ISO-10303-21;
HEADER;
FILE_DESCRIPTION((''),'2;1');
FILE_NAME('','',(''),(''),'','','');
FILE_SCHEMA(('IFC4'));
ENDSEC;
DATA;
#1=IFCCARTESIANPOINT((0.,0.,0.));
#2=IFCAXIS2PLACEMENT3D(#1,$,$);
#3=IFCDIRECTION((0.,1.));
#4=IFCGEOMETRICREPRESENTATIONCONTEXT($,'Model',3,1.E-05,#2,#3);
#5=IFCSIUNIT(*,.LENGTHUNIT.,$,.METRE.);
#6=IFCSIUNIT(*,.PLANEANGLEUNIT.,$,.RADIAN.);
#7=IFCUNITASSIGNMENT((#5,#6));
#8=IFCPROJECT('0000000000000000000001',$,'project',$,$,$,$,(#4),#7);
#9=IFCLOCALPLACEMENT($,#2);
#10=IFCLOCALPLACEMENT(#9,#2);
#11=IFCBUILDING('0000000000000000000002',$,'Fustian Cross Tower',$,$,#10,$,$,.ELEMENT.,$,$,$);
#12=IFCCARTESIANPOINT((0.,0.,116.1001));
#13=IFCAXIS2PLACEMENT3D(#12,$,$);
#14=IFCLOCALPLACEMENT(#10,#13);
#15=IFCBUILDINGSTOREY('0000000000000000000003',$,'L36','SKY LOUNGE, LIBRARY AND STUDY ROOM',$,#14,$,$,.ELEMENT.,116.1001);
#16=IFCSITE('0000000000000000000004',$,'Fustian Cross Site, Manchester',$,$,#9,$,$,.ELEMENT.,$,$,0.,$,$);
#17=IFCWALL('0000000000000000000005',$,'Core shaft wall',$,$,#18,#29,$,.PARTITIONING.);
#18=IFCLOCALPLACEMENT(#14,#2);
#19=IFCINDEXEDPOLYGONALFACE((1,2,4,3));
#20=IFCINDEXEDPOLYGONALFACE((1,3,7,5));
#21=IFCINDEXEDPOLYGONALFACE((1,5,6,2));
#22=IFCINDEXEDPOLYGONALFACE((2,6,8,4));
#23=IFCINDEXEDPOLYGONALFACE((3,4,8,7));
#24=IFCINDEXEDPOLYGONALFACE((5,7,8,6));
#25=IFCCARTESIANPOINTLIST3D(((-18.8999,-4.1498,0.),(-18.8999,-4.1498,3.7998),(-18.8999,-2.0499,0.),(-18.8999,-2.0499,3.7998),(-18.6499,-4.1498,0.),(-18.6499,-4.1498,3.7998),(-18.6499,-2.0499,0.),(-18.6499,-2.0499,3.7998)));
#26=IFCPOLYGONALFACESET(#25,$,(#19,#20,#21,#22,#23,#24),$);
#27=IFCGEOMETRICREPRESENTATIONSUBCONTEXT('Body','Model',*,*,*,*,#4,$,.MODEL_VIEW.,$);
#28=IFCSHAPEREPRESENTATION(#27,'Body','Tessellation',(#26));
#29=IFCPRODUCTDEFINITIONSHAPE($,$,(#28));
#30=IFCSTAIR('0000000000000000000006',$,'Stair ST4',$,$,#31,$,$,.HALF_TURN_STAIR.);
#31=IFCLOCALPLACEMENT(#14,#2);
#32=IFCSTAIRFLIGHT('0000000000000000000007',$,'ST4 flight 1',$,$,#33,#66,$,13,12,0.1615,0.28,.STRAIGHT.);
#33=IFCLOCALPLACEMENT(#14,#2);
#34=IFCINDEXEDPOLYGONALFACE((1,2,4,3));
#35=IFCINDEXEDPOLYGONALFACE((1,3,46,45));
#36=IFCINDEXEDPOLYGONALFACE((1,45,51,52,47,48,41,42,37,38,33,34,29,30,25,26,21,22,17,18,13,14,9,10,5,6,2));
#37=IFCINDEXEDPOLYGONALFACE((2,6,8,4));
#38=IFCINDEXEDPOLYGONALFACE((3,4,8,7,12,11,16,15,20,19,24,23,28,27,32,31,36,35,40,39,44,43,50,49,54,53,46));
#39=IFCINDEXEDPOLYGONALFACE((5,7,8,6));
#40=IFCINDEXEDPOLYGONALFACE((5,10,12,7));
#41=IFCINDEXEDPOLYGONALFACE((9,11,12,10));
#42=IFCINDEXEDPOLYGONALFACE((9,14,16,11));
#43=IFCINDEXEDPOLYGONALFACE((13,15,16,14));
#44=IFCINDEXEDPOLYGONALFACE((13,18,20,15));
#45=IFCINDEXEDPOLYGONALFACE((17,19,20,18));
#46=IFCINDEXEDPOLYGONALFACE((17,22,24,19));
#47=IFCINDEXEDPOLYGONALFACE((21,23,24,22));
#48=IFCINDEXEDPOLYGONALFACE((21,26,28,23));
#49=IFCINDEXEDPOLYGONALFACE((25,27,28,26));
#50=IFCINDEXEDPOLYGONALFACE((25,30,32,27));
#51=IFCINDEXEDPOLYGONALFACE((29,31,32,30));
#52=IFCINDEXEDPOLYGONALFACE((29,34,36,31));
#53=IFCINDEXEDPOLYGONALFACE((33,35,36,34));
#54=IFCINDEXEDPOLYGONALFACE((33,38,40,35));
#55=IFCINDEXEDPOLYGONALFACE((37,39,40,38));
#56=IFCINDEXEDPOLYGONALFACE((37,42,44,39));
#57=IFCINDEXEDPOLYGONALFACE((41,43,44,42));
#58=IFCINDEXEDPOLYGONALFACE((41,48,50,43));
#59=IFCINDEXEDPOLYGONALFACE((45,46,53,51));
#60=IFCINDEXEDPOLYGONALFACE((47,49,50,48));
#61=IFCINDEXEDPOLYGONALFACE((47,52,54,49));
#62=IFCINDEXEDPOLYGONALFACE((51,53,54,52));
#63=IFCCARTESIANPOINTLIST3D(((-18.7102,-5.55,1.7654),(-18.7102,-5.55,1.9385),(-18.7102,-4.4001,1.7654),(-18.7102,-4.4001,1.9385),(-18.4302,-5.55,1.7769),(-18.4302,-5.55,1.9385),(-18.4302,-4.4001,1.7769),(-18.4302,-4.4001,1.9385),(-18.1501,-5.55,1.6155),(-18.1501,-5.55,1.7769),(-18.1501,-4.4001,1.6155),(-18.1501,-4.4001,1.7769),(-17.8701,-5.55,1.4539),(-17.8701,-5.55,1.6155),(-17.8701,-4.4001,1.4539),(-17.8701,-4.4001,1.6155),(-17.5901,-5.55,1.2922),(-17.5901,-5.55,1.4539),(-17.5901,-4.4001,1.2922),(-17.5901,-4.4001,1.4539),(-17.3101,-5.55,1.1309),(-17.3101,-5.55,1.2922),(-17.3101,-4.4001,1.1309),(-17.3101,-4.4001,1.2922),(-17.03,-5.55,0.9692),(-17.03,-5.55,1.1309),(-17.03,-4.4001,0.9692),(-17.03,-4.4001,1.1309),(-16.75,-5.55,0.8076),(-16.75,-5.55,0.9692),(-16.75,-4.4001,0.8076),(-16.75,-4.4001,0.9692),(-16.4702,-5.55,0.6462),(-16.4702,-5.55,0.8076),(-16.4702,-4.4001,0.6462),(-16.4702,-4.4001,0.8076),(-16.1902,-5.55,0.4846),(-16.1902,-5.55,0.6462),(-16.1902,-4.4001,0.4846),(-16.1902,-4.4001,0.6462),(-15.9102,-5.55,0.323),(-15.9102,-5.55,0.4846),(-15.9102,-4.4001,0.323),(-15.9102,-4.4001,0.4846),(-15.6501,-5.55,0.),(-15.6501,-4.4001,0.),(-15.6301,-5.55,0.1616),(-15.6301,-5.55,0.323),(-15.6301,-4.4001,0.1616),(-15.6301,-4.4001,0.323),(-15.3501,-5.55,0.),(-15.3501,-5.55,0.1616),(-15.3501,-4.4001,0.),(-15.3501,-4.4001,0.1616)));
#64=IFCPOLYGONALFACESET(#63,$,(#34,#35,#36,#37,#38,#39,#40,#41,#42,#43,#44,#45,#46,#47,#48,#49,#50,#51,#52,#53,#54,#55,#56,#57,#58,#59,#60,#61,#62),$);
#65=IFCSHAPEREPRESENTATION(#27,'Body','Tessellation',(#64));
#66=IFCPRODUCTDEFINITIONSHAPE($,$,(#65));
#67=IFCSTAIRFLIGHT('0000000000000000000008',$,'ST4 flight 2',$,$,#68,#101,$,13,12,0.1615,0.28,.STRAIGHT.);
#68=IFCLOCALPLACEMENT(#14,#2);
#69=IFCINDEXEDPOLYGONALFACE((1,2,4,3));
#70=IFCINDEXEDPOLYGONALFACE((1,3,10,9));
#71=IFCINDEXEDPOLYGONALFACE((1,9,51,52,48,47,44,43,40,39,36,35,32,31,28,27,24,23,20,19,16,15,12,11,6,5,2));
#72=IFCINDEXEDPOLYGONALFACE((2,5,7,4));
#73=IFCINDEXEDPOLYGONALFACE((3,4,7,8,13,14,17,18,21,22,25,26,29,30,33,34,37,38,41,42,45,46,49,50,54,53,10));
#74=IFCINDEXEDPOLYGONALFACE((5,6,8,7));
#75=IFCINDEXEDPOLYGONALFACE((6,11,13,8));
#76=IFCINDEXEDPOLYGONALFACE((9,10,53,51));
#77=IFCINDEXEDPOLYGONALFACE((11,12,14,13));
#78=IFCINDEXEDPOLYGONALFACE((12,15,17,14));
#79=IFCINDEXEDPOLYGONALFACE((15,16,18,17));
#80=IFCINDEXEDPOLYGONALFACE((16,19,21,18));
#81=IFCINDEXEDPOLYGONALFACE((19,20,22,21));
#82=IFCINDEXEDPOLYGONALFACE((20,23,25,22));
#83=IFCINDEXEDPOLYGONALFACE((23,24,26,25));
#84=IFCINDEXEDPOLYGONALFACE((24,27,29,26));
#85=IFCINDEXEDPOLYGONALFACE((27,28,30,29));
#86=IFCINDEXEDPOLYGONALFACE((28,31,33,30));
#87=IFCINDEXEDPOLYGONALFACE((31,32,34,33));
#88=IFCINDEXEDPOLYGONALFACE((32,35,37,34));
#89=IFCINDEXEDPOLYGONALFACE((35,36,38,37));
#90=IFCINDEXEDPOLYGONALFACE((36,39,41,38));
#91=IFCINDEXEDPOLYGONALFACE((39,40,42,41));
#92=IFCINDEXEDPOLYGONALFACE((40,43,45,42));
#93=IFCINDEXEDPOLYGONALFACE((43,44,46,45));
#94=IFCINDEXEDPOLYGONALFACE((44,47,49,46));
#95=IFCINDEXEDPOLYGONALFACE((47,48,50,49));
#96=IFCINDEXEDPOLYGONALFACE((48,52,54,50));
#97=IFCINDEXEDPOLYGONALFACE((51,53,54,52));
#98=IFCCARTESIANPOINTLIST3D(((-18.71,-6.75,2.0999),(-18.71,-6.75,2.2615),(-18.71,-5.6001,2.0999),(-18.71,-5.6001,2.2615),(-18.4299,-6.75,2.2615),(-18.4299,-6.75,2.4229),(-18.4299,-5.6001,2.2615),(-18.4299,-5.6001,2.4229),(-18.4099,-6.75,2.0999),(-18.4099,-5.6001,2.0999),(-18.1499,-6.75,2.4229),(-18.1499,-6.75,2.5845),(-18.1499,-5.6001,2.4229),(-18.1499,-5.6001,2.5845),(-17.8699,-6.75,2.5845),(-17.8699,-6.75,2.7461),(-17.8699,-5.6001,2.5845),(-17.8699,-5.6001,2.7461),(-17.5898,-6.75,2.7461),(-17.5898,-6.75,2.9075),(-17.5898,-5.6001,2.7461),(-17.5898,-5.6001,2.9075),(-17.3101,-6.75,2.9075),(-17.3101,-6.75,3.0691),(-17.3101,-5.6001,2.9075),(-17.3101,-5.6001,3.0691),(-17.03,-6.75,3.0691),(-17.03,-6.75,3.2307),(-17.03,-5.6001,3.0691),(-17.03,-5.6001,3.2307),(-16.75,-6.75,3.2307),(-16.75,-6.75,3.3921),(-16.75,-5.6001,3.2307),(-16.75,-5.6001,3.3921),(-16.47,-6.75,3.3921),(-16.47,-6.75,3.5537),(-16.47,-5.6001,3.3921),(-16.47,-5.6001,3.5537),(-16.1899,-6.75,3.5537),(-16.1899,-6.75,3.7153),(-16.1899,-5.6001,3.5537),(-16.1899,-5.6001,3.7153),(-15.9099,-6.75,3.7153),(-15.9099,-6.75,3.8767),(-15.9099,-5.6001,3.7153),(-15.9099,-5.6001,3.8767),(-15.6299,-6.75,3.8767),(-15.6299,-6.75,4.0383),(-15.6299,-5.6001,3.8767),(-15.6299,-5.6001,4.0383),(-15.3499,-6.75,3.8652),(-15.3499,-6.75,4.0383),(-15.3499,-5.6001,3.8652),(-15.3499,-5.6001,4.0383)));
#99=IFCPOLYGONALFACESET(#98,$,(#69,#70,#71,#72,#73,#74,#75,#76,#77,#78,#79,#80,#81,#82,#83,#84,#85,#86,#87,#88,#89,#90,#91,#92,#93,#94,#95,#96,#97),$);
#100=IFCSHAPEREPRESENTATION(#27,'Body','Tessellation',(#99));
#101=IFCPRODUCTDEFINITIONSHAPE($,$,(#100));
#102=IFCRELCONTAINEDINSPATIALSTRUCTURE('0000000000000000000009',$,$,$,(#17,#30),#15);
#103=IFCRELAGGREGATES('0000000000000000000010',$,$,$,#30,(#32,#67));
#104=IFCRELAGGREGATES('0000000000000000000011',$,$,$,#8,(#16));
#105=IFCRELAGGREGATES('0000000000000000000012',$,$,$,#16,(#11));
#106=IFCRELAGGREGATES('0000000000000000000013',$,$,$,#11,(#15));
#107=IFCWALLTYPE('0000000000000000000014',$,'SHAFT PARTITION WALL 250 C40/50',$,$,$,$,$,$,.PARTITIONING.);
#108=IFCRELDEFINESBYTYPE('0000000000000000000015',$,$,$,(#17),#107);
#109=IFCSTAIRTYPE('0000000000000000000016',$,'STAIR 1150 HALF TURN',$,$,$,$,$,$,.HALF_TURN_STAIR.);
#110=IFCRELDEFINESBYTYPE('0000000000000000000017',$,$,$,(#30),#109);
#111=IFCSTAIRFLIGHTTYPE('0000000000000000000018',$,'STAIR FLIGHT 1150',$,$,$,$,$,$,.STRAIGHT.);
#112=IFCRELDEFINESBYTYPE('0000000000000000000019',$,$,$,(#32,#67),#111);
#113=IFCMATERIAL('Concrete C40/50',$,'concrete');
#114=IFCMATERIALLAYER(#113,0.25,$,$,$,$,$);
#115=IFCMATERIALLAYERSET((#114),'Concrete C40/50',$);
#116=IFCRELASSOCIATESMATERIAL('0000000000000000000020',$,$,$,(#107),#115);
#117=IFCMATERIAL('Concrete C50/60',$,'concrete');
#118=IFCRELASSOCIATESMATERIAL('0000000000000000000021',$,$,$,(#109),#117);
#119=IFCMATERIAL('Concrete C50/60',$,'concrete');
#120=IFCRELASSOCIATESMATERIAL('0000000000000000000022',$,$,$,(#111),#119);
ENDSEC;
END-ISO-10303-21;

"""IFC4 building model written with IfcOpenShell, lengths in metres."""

from ifc_helpers import new_model, si_unit, direction, frame, frame_2d, origin, place, context, subcontext, project, spatial, polyline, rectangle, outline, extrude, material, layer, layer_set, type_object, element, aggregate, save


model = new_model("IFC4")

# Units and contexts
model_context = context("Model", 3, precision=1e-05, world=origin(), true_north=direction((0.0, 1.0)))
body_context = subcontext(model_context, "Body", "Model", "MODEL_VIEW")
ifc_project = project(units=[si_unit("LENGTHUNIT", "METRE"), si_unit("PLANEANGLEUNIT", "RADIAN")], contexts=[model_context])

# Site, building, storey
site_placement = place(None, origin())
site = spatial("IfcSite", under=ifc_project, at=site_placement, Name="Fustian Cross Site, Manchester", CompositionType="ELEMENT", RefElevation=0.0)
building_placement = place(site_placement, origin())
building = spatial("IfcBuilding", under=site, at=building_placement, Name="Fustian Cross Tower", CompositionType="ELEMENT")
storey_placement = place(building_placement, frame((0.0, 0.0, 116.1001)))
storey = spatial("IfcBuildingStorey", under=building, at=storey_placement, Name="L36", Description="SKY LOUNGE, LIBRARY AND STUDY ROOM", CompositionType="ELEMENT", Elevation=116.1001)

# Wall
ifc_material_1 = material(Name="Concrete C40/50", Category="concrete")
ifc_layer_1 = layer(ifc_material_1, 0.25)
ifc_layer_set_1 = layer_set([ifc_layer_1], Name="Concrete C40/50")
wall_type_1 = type_object("IfcWallType", Name="SHAFT PARTITION WALL 250 C40/50", PredefinedType="PARTITIONING", material=ifc_layer_set_1)
wall_1_placement = place(storey_placement, frame((-18.7749, -2.05, 0.0), z_axis=(0.0, 0.0, 1.0), x_axis=(0.0, -1.0, 0.0)))
element("IfcWall", 1, at=wall_1_placement, inside=storey, type_object=wall_type_1, Name="Core shaft wall", PredefinedType="PARTITIONING", context=body_context, shape_type="SweptSolid", body=[
    extrude(rectangle(XDim=2.0999, YDim=0.25, at=frame_2d((1.0498, 0.0))), origin(), (0.0, 0.0, 1.0), 3.7998),
])

# Stair, stair flights
ifc_material_2 = material(Name="Concrete C50/60", Category="concrete")
stair_type = type_object("IfcStairType", Name="STAIR 1150 HALF TURN", PredefinedType="HALF_TURN_STAIR", material=ifc_material_2)
stair_placement = place(storey_placement, origin())
stair = element("IfcStair", 2, at=stair_placement, inside=storey, type_object=stair_type, Name="Stair ST4", PredefinedType="HALF_TURN_STAIR")
ifc_material_3 = material(Name="Concrete C50/60", Category="concrete")
stair_flight_type = type_object("IfcStairFlightType", Name="STAIR FLIGHT 1150", PredefinedType="STRAIGHT", material=ifc_material_3)
stair_flight_1_placement = place(storey_placement, frame((-15.3501, -4.9751, 0.0), z_axis=(0.0, 0.0, 1.0), x_axis=(-1.0, 0.0, 0.0)))
stair_flight_1 = element("IfcStairFlight", 3, at=stair_flight_1_placement, type_object=stair_flight_type, Name="ST4 flight 1", NumberOfRisers=13, NumberOfTreads=12, PredefinedType="STRAIGHT", RiserHeight=0.1615, TreadLength=0.28, context=body_context, shape_type="SweptSolid", body=[
    extrude(outline(polyline([(0.0, 0.0), (0.0, 0.1616), (0.28, 0.1616), (0.28, 0.323), (0.5601, 0.323), (0.5601, 0.4846), (0.8401, 0.4846), (0.8401, 0.6462), (1.1201, 0.6462), (1.1201, 0.8076), (1.3999, 0.8076), (1.3999, 0.9692), (1.6799, 0.9692), (1.6799, 1.1309), (1.96, 1.1309), (1.96, 1.2922), (2.24, 1.2922), (2.24, 1.4539), (2.52, 1.4539), (2.52, 1.6155), (2.8, 1.6155), (2.8, 1.7769), (3.0801, 1.7769), (3.0801, 1.9385), (3.3601, 1.9385), (3.3601, 2.1001), (3.3601, 1.7654), (0.3, 0.0), (0.0, 0.0)])), frame((0.0, 0.575, 0.0), z_axis=(0.0, -1.0, 0.0), x_axis=(1.0, 0.0, 0.0)), (0.0, 0.0, 1.0), 1.1499),
])
stair_flight_2_placement = place(storey_placement, frame((-18.71, -6.175, 2.0999), z_axis=(0.0, 0.0, 1.0), x_axis=(1.0, 0.0, 0.0)))
stair_flight_2 = element("IfcStairFlight", 4, at=stair_flight_2_placement, type_object=stair_flight_type, Name="ST4 flight 2", NumberOfRisers=13, NumberOfTreads=12, PredefinedType="STRAIGHT", RiserHeight=0.1615, TreadLength=0.28, context=body_context, shape_type="SweptSolid", body=[
    extrude(outline(polyline([(0.0, 0.0), (0.0, 0.1616), (0.28, 0.1616), (0.28, 0.323), (0.5601, 0.323), (0.5601, 0.4846), (0.8401, 0.4846), (0.8401, 0.6462), (1.1201, 0.6462), (1.1201, 0.8076), (1.3999, 0.8076), (1.3999, 0.9692), (1.6799, 0.9692), (1.6799, 1.1309), (1.96, 1.1309), (1.96, 1.2922), (2.24, 1.2922), (2.24, 1.4539), (2.52, 1.4539), (2.52, 1.6155), (2.8, 1.6155), (2.8, 1.7769), (3.0801, 1.7769), (3.0801, 1.9385), (3.3601, 1.9385), (3.3601, 2.1001), (3.3601, 1.7654), (0.3, 0.0), (0.0, 0.0)])), frame((0.0, 0.575, 0.0), z_axis=(0.0, -1.0, 0.0), x_axis=(1.0, 0.0, 0.0)), (0.0, 0.0, 1.0), 1.1499),
])
aggregate(stair, [stair_flight_1, stair_flight_2])

save(model, "model.ifc")
